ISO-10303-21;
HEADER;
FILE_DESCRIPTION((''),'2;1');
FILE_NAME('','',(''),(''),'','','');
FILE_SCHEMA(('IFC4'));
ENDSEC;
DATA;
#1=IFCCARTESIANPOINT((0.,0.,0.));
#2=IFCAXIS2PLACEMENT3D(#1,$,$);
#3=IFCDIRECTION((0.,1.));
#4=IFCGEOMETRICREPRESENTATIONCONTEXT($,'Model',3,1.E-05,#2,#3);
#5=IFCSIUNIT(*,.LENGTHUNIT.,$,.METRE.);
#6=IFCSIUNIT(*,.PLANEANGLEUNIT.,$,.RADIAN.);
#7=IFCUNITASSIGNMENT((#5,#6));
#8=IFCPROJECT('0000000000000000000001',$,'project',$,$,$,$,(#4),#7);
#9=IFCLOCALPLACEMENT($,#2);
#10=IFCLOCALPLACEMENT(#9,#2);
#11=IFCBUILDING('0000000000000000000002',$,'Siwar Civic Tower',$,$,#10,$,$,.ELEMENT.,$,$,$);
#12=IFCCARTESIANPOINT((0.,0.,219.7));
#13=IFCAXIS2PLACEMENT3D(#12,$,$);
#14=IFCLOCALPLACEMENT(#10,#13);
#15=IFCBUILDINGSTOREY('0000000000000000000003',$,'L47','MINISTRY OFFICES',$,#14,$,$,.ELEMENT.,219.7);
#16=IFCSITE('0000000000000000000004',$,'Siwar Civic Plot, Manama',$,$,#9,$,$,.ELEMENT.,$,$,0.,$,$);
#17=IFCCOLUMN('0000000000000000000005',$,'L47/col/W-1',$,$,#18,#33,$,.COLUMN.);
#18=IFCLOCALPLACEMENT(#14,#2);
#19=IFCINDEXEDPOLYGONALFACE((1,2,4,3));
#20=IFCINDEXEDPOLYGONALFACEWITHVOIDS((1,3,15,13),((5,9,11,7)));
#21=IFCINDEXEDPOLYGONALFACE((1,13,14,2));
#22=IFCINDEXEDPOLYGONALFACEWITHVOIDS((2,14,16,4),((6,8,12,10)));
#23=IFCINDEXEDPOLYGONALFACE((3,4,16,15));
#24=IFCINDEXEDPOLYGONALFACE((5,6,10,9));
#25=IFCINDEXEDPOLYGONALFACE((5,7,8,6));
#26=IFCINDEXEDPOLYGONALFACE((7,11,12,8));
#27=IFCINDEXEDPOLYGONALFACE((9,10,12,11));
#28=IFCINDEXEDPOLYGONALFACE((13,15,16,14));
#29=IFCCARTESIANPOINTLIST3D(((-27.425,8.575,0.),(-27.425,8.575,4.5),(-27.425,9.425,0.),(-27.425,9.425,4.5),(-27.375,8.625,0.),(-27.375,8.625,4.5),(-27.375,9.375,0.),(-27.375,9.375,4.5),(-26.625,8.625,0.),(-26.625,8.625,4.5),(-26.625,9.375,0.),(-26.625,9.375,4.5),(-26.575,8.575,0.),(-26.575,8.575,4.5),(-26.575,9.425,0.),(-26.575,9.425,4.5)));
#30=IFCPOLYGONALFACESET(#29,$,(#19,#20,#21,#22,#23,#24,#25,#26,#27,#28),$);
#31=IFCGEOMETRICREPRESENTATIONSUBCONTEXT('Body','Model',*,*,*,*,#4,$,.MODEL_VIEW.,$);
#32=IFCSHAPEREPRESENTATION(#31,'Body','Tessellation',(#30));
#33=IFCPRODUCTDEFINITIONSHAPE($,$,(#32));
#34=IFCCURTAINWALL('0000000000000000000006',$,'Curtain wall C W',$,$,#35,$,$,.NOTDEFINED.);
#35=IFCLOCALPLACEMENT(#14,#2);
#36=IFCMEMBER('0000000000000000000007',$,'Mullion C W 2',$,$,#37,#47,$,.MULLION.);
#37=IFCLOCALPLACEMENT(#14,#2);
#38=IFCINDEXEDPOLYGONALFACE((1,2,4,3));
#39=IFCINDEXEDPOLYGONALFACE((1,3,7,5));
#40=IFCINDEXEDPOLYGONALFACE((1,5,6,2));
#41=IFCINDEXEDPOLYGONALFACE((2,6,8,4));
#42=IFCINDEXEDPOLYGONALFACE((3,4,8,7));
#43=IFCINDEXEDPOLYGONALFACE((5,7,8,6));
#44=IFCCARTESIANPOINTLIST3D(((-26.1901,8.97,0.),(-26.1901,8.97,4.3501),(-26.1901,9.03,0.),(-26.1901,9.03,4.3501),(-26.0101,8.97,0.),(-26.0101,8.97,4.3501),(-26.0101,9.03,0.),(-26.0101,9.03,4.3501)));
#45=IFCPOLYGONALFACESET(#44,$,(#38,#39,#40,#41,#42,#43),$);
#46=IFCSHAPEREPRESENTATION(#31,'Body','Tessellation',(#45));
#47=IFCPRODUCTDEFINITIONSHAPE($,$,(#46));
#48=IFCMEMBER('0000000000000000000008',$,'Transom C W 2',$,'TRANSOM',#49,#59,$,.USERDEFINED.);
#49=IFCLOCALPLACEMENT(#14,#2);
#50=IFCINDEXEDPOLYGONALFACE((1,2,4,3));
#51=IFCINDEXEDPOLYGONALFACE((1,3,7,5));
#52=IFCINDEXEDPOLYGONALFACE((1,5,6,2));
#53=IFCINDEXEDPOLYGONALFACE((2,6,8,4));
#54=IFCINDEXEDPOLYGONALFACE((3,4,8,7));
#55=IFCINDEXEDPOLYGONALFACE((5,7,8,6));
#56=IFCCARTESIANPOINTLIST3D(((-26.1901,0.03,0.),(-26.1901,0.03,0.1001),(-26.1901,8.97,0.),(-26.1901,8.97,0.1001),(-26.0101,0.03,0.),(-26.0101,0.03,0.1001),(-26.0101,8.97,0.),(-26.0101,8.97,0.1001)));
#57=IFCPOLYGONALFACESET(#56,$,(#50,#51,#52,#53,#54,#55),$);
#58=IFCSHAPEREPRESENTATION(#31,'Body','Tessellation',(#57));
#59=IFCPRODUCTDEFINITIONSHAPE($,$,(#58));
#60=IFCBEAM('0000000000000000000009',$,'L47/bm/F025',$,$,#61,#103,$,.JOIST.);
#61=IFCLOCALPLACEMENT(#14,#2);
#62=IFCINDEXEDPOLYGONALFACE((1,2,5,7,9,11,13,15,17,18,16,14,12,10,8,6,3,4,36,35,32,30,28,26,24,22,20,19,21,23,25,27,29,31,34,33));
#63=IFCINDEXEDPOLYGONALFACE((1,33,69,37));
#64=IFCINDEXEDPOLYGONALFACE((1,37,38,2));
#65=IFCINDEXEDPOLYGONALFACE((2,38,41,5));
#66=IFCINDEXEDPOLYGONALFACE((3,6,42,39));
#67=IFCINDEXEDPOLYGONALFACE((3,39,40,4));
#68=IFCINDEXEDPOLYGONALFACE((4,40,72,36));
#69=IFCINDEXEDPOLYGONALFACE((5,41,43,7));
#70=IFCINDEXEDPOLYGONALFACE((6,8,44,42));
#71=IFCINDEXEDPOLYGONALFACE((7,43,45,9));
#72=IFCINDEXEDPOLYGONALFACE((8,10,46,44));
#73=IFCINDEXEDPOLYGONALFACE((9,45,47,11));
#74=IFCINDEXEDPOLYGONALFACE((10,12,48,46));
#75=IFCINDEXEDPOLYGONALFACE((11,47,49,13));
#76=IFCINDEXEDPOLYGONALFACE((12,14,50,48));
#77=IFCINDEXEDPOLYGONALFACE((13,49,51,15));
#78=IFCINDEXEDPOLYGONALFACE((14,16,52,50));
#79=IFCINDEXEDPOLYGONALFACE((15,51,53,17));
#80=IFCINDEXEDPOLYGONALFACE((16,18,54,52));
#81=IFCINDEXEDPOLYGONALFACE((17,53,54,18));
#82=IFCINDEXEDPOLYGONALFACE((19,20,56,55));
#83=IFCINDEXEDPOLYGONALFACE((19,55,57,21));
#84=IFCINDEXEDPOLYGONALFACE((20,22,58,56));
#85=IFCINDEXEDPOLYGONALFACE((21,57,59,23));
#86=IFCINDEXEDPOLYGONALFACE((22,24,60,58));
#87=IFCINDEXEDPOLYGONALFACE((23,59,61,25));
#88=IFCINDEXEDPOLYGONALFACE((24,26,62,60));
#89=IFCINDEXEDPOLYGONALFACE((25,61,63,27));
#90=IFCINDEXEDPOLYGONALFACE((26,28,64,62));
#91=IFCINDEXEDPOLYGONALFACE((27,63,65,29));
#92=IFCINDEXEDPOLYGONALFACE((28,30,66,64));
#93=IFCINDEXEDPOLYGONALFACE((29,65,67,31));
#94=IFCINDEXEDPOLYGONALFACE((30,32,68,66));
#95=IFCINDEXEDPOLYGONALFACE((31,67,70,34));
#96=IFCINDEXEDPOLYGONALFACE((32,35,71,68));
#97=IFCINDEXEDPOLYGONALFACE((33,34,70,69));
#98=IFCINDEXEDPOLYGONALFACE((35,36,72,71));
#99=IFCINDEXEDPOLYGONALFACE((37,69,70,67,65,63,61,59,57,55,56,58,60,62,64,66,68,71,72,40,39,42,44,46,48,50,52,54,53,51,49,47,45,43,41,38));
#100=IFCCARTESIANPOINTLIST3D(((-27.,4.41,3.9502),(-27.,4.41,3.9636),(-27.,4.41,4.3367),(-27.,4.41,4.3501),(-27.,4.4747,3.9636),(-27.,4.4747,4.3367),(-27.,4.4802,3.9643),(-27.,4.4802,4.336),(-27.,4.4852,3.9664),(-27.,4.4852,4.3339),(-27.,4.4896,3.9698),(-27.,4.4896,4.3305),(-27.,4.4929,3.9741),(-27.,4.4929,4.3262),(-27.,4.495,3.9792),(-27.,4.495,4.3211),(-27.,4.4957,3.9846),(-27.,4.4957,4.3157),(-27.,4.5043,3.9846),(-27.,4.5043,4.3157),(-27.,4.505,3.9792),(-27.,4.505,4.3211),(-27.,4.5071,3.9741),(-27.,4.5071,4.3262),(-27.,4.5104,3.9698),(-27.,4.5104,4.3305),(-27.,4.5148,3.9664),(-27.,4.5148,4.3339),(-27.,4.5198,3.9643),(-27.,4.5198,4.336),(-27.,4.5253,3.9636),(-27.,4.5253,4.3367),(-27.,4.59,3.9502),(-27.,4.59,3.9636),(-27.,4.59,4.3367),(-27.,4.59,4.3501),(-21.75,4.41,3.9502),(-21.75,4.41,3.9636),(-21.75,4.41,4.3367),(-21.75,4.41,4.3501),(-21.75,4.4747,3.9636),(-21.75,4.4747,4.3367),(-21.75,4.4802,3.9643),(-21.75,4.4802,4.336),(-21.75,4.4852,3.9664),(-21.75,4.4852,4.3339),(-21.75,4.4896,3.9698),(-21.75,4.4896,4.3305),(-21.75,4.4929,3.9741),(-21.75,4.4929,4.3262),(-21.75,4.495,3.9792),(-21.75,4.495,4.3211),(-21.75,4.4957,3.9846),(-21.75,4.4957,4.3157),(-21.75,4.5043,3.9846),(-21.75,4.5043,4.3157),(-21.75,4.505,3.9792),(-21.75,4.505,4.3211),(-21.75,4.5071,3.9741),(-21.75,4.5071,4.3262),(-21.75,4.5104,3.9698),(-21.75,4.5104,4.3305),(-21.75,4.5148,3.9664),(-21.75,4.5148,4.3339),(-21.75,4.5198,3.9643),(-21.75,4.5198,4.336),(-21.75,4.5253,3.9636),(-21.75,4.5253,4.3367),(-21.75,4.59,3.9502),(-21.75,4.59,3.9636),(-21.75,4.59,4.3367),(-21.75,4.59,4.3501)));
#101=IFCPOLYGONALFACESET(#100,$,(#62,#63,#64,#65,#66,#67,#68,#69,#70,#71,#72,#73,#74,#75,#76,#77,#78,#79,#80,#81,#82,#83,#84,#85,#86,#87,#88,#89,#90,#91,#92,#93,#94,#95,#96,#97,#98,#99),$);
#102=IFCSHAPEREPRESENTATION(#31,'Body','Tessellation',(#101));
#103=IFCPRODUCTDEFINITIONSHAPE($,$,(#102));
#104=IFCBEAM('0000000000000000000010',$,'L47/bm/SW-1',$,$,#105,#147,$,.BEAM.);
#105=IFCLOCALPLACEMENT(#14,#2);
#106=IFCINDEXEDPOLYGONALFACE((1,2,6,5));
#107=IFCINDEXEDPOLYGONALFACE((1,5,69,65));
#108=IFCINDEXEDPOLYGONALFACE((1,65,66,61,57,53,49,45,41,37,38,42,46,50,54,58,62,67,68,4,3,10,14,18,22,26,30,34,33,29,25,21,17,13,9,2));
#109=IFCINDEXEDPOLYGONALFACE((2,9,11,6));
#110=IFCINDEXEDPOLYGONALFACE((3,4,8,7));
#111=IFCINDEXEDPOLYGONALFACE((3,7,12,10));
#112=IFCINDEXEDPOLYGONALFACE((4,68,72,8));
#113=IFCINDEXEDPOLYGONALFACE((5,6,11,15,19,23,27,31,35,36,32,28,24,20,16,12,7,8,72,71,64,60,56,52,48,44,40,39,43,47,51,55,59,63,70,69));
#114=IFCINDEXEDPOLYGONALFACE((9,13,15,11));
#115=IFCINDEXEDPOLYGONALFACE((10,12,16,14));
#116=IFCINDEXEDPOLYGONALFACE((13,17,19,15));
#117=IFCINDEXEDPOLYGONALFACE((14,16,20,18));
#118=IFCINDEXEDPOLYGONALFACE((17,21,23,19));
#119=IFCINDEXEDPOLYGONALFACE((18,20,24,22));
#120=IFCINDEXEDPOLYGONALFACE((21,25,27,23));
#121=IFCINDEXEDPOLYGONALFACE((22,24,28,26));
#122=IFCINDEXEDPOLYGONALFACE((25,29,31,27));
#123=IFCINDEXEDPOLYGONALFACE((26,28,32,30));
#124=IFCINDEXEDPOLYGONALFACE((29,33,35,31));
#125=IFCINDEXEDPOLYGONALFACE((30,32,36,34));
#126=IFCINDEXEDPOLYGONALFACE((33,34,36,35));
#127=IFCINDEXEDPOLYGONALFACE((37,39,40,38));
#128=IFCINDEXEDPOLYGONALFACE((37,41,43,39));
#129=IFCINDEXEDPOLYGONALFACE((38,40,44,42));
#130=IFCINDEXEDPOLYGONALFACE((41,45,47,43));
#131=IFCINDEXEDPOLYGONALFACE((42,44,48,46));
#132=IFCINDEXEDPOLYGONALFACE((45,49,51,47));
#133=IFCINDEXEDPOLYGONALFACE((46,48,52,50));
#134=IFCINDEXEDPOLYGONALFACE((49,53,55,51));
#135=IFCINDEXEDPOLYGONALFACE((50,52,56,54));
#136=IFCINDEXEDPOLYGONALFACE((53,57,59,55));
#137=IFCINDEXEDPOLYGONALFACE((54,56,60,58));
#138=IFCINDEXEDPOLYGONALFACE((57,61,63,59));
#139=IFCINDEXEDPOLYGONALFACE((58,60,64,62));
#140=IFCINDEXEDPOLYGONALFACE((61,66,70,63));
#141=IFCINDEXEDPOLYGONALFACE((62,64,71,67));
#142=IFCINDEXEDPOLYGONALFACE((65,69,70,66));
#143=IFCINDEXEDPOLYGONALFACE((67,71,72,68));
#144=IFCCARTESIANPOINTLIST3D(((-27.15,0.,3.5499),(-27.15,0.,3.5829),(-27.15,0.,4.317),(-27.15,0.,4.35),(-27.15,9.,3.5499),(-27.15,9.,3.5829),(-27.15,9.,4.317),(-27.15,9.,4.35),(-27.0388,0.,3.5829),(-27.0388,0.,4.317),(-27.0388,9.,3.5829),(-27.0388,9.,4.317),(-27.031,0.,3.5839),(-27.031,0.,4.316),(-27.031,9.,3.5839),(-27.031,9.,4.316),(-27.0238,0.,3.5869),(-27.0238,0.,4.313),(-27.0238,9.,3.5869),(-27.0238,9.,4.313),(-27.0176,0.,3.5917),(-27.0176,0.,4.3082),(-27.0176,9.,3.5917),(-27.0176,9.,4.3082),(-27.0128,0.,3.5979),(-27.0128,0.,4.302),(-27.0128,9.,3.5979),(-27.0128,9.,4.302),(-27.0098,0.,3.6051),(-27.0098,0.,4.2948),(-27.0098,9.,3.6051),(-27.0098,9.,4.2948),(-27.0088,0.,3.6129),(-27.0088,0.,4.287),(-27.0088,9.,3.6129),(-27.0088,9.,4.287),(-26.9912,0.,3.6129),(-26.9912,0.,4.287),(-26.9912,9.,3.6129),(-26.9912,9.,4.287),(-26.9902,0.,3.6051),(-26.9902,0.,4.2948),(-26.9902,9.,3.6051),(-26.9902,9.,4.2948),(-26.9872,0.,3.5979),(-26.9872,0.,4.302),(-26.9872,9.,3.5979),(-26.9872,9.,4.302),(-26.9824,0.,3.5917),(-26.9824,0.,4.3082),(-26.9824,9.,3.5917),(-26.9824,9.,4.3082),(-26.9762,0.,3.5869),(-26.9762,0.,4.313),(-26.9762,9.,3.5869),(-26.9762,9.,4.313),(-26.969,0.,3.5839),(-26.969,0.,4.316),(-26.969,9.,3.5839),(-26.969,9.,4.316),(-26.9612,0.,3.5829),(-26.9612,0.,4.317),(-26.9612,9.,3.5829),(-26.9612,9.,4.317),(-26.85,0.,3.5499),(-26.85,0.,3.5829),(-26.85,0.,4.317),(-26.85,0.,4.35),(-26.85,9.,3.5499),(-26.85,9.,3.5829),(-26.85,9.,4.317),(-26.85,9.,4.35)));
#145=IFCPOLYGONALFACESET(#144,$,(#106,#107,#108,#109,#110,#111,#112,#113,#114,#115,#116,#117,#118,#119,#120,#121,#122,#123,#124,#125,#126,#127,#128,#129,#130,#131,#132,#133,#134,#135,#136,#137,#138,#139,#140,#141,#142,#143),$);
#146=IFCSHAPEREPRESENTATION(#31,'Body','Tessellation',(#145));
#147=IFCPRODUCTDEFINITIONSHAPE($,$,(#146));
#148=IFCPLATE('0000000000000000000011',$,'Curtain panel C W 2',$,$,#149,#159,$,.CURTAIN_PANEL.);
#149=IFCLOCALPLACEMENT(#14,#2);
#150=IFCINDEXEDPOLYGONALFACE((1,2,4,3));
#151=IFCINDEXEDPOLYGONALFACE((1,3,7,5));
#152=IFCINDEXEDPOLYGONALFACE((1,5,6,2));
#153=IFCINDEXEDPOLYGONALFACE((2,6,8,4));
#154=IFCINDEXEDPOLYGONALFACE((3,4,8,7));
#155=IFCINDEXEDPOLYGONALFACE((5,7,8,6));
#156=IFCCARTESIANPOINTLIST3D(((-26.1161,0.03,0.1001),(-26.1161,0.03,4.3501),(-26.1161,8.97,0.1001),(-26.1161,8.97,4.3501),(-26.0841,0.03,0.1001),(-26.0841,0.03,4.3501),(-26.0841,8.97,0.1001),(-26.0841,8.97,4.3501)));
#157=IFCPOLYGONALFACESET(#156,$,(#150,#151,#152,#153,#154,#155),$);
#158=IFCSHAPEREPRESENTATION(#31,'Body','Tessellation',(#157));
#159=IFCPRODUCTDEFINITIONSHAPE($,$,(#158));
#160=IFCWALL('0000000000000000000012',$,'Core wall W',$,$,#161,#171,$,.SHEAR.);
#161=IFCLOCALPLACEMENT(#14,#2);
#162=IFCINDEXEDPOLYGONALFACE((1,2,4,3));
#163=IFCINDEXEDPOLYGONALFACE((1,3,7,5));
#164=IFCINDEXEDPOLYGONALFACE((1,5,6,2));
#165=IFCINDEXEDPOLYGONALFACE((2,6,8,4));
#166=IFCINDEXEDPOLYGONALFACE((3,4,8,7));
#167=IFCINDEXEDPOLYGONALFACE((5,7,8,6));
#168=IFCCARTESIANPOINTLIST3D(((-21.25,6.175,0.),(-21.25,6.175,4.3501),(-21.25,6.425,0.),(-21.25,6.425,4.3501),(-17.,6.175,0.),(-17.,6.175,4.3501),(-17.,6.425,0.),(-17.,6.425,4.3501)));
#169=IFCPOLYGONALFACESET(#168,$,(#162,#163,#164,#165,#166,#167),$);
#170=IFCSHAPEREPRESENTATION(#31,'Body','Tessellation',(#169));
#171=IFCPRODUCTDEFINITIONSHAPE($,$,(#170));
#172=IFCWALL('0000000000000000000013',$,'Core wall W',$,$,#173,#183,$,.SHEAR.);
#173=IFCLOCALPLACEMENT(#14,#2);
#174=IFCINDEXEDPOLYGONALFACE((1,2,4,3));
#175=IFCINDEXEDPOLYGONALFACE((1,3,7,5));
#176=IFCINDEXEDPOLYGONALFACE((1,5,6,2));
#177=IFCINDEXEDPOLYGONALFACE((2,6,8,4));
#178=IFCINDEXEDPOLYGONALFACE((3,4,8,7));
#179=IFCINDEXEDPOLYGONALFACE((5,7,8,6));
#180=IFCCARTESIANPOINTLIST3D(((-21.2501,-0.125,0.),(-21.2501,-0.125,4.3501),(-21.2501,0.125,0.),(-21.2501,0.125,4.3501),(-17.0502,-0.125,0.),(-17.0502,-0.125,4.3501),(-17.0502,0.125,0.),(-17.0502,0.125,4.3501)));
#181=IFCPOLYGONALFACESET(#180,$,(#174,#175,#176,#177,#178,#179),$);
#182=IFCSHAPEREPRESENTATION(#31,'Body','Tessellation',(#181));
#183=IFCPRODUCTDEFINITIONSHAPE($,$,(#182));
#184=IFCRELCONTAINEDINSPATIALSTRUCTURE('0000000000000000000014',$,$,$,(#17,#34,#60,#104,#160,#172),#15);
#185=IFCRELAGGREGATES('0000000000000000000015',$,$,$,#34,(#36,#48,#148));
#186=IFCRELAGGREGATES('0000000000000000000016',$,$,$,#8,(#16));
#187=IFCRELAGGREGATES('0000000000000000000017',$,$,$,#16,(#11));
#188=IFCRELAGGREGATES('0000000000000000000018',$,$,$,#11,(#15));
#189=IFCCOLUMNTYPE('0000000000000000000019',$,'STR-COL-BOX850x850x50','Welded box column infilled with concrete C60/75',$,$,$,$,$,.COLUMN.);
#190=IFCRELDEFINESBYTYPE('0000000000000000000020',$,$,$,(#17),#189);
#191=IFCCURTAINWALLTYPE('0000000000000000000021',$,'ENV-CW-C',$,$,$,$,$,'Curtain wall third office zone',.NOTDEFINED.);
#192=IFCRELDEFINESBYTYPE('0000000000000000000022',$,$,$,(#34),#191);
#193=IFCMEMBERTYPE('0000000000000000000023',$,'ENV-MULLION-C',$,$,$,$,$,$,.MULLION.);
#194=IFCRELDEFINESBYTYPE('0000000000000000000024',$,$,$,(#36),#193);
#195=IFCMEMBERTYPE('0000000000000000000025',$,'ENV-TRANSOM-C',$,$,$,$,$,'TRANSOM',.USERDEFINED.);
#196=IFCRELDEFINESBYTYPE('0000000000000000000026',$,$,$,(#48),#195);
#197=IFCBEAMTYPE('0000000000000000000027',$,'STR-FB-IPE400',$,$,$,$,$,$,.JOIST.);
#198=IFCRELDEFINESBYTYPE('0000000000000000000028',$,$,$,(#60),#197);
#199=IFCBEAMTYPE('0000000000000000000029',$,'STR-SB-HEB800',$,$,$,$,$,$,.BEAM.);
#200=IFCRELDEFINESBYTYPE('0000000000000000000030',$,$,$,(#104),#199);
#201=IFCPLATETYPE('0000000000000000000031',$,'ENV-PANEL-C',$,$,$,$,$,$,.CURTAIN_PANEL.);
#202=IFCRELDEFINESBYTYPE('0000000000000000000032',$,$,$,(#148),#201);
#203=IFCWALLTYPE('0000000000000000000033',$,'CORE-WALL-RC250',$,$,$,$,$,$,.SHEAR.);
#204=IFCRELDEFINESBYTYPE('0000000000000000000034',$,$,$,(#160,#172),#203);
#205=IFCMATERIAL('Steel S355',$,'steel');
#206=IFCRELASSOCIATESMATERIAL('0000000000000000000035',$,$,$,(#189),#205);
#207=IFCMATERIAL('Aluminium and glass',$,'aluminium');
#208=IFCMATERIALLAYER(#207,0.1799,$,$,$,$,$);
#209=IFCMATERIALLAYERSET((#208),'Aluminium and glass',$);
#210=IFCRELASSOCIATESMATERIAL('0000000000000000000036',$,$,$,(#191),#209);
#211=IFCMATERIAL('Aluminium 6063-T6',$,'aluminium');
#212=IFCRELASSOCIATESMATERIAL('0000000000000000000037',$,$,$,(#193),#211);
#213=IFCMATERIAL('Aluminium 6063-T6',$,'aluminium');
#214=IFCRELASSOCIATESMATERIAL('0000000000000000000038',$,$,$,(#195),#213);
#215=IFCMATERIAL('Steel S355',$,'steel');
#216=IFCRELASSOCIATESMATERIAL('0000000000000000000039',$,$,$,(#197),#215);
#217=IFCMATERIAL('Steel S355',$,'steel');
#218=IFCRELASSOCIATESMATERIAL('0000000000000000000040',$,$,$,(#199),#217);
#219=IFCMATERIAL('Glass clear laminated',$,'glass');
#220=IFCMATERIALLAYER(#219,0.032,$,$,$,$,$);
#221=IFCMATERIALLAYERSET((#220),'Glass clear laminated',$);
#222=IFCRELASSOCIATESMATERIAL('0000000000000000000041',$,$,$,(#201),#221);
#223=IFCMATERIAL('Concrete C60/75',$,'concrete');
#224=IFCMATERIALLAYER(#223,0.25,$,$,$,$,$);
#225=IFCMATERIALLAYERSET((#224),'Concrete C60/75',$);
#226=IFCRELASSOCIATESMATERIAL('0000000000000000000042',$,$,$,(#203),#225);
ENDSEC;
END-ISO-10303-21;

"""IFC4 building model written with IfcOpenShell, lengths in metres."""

from ifc_helpers import new_model, si_unit, direction, frame, frame_2d, origin, origin_2d, place, context, subcontext, project, spatial, rectangle, hollow_rectangle, i_section, extrude, material, layer, layer_set, material_profile, profile_set, type_object, element, aggregate, save


model = new_model("IFC4")

# Units and contexts
model_context = context("Model", 3, precision=1e-05, world=origin(), true_north=direction((0.0, 1.0)))
body_context = subcontext(model_context, "Body", "Model", "MODEL_VIEW")
ifc_project = project(units=[si_unit("LENGTHUNIT", "METRE"), si_unit("PLANEANGLEUNIT", "RADIAN")], contexts=[model_context])

# Site, building, storey
site_placement = place(None, origin())
site = spatial("IfcSite", under=ifc_project, at=site_placement, Name="Siwar Civic Plot, Manama", CompositionType="ELEMENT", RefElevation=0.0)
building_placement = place(site_placement, origin())
building = spatial("IfcBuilding", under=site, at=building_placement, Name="Siwar Civic Tower", CompositionType="ELEMENT")
storey_placement = place(building_placement, frame((0.0, 0.0, 219.7)))
storey = spatial("IfcBuildingStorey", under=building, at=storey_placement, Name="L47", Description="MINISTRY OFFICES", CompositionType="ELEMENT", Elevation=219.7)

# Column
ifc_material_1 = material(Name="Steel S355", Category="steel")
ifc_material_profile_1 = material_profile(ifc_material_1, hollow_rectangle(XDim=0.8501, YDim=0.8501, WallThickness=0.05, at=origin_2d()), Name="BOX850x850x50")
ifc_profile_set_1 = profile_set([ifc_material_profile_1], Name="Steel S355")
column_type = type_object("IfcColumnType", Name="STR-COL-BOX850x850x50", Description="Welded box column infilled with concrete C60/75", PredefinedType="COLUMN", material=ifc_profile_set_1)
column_placement = place(storey_placement, frame((-27.0, 9.0, 0.0), z_axis=(0.0, 0.0, 1.0), x_axis=(1.0, 0.0, 0.0)))
element("IfcColumn", 1, at=column_placement, inside=storey, type_object=column_type, Name="L47/col/W-1", PredefinedType="COLUMN", context=body_context, shape_type="SweptSolid", body=[
    extrude(hollow_rectangle(XDim=0.8501, YDim=0.8501, WallThickness=0.05, at=origin_2d()), origin(), (0.0, 0.0, 1.0), 4.5),
])

# Curtain wall, members
ifc_material_2 = material(Name="Aluminium and glass", Category="aluminium")
ifc_layer_1 = layer(ifc_material_2, 0.1799)
ifc_layer_set_1 = layer_set([ifc_layer_1], Name="Aluminium and glass")
curtain_wall_type = type_object("IfcCurtainWallType", Name="ENV-CW-C", ElementType="Curtain wall third office zone", PredefinedType="NOTDEFINED", material=ifc_layer_set_1)
curtain_wall_placement = place(storey_placement, origin())
curtain_wall = element("IfcCurtainWall", 2, at=curtain_wall_placement, inside=storey, type_object=curtain_wall_type, Name="Curtain wall C W", PredefinedType="NOTDEFINED")
ifc_material_3 = material(Name="Aluminium 6063-T6", Category="aluminium")
ifc_material_profile_2 = material_profile(ifc_material_3, rectangle(XDim=0.1799, YDim=0.0601, at=origin_2d()), Name="AL 180x60")
ifc_profile_set_2 = profile_set([ifc_material_profile_2], Name="Aluminium 6063-T6")
member_type_1 = type_object("IfcMemberType", Name="ENV-MULLION-C", PredefinedType="MULLION", material=ifc_profile_set_2)
member_1_placement = place(storey_placement, frame((-26.1001, 9.0, 0.0), z_axis=(0.0, 0.0, 1.0), x_axis=(1.0, 0.0, 0.0)))
member_1 = element("IfcMember", 3, at=member_1_placement, type_object=member_type_1, Name="Mullion C W 2", PredefinedType="MULLION", context=body_context, shape_type="SweptSolid", body=[
    extrude(rectangle(XDim=0.1799, YDim=0.0601, at=origin_2d()), origin(), (0.0, 0.0, 1.0), 4.3501),
])
ifc_material_4 = material(Name="Aluminium 6063-T6", Category="aluminium")
ifc_material_profile_3 = material_profile(ifc_material_4, rectangle(XDim=0.1799, YDim=0.1001, at=origin_2d()), Name="AL 180x100")
ifc_profile_set_3 = profile_set([ifc_material_profile_3], Name="Aluminium 6063-T6")
member_type_2 = type_object("IfcMemberType", Name="ENV-TRANSOM-C", ElementType="TRANSOM", PredefinedType="USERDEFINED", material=ifc_profile_set_3)
member_2_placement = place(storey_placement, frame((-26.1001, 8.97, 0.05), z_axis=(0.0, -1.0, 0.0), x_axis=(1.0, 0.0, 0.0)))
member_2 = element("IfcMember", 4, at=member_2_placement, type_object=member_type_2, Name="Transom C W 2", ObjectType="TRANSOM", PredefinedType="USERDEFINED", context=body_context, shape_type="SweptSolid", body=[
    extrude(rectangle(XDim=0.1799, YDim=0.1001, at=origin_2d()), origin(), (0.0, 0.0, 1.0), 8.9399),
])

# Beams
ifc_material_5 = material(Name="Steel S355", Category="steel")
ifc_material_profile_4 = material_profile(ifc_material_5, i_section(OverallWidth=0.1799, OverallDepth=0.3999, WebThickness=0.0085, FlangeThickness=0.0134, FilletRadius=0.021, at=origin_2d()), Name="IPE400")
ifc_profile_set_4 = profile_set([ifc_material_profile_4], Name="Steel S355")
beam_type_1 = type_object("IfcBeamType", Name="STR-FB-IPE400", PredefinedType="JOIST", material=ifc_profile_set_4)
beam_1_placement = place(storey_placement, frame((-27.0, 4.5, 4.1501), z_axis=(1.0, 0.0, 0.0), x_axis=(0.0, 1.0, 0.0)))
element("IfcBeam", 5, at=beam_1_placement, inside=storey, type_object=beam_type_1, Name="L47/bm/F025", PredefinedType="JOIST", context=body_context, shape_type="SweptSolid", body=[
    extrude(i_section(OverallWidth=0.1799, OverallDepth=0.3999, WebThickness=0.0085, FlangeThickness=0.0134, FilletRadius=0.021, at=origin_2d()), origin(), (0.0, 0.0, 1.0), 5.25),
])
ifc_material_6 = material(Name="Steel S355", Category="steel")
ifc_material_profile_5 = material_profile(ifc_material_6, i_section(OverallWidth=0.3, OverallDepth=0.8, WebThickness=0.0176, FlangeThickness=0.033, FilletRadius=0.03, at=origin_2d()), Name="HEB800")
ifc_profile_set_5 = profile_set([ifc_material_profile_5], Name="Steel S355")
beam_type_2 = type_object("IfcBeamType", Name="STR-SB-HEB800", PredefinedType="BEAM", material=ifc_profile_set_5)
beam_2_placement = place(storey_placement, frame((-27.0, 9.0, 3.95), z_axis=(0.0, -1.0, 0.0), x_axis=(1.0, 0.0, 0.0)))
element("IfcBeam", 6, at=beam_2_placement, inside=storey, type_object=beam_type_2, Name="L47/bm/SW-1", PredefinedType="BEAM", context=body_context, shape_type="SweptSolid", body=[
    extrude(i_section(OverallWidth=0.3, OverallDepth=0.8, WebThickness=0.0176, FlangeThickness=0.033, FilletRadius=0.03, at=origin_2d()), origin(), (0.0, 0.0, 1.0), 9.0),
])

# Plate
ifc_material_7 = material(Name="Glass clear laminated", Category="glass")
ifc_layer_2 = layer(ifc_material_7, 0.032)
ifc_layer_set_2 = layer_set([ifc_layer_2], Name="Glass clear laminated")
plate_type = type_object("IfcPlateType", Name="ENV-PANEL-C", PredefinedType="CURTAIN_PANEL", material=ifc_layer_set_2)
plate_placement = place(storey_placement, frame((-26.1001, 4.5, 0.1001), z_axis=(0.0, 0.0, 1.0), x_axis=(0.0, -1.0, 0.0)))
plate = element("IfcPlate", 7, at=plate_placement, type_object=plate_type, Name="Curtain panel C W 2", PredefinedType="CURTAIN_PANEL", context=body_context, shape_type="SweptSolid", body=[
    extrude(rectangle(XDim=8.9399, YDim=0.032, at=origin_2d()), origin(), (0.0, 0.0, 1.0), 4.25),
])
aggregate(curtain_wall, [member_1, member_2, plate])

# Walls
ifc_material_8 = material(Name="Concrete C60/75", Category="concrete")
ifc_layer_3 = layer(ifc_material_8, 0.25)
ifc_layer_set_3 = layer_set([ifc_layer_3], Name="Concrete C60/75")
wall_type_1 = type_object("IfcWallType", Name="CORE-WALL-RC250", PredefinedType="SHEAR", material=ifc_layer_set_3)
wall_1_placement = place(storey_placement, frame((-17.0, 6.3, 0.0), z_axis=(0.0, 0.0, 1.0), x_axis=(-1.0, 0.0, 0.0)))
element("IfcWall", 8, at=wall_1_placement, inside=storey, type_object=wall_type_1, Name="Core wall W", PredefinedType="SHEAR", context=body_context, shape_type="SweptSolid", body=[
    extrude(rectangle(XDim=4.25, YDim=0.25, at=frame_2d((2.125, 0.0))), origin(), (0.0, 0.0, 1.0), 4.3501),
])
for number, where, z_axis, x_axis, name in (
    (9, (-17.05, 0.0, 0.0), (0.0, 0.0, 1.0), (-1.0, 0.0, 0.0), "Core wall W"),
):
    element("IfcWall", number, at=place(storey_placement, frame(where, z_axis=z_axis, x_axis=x_axis)), inside=storey, type_object=wall_type_1, Name=name, PredefinedType="SHEAR", context=body_context, shape_type="SweptSolid", body=[
        extrude(rectangle(XDim=4.2, YDim=0.25, at=frame_2d((2.1001, 0.0))), origin(), (0.0, 0.0, 1.0), 4.3501),
    ])

save(model, "model.ifc")
